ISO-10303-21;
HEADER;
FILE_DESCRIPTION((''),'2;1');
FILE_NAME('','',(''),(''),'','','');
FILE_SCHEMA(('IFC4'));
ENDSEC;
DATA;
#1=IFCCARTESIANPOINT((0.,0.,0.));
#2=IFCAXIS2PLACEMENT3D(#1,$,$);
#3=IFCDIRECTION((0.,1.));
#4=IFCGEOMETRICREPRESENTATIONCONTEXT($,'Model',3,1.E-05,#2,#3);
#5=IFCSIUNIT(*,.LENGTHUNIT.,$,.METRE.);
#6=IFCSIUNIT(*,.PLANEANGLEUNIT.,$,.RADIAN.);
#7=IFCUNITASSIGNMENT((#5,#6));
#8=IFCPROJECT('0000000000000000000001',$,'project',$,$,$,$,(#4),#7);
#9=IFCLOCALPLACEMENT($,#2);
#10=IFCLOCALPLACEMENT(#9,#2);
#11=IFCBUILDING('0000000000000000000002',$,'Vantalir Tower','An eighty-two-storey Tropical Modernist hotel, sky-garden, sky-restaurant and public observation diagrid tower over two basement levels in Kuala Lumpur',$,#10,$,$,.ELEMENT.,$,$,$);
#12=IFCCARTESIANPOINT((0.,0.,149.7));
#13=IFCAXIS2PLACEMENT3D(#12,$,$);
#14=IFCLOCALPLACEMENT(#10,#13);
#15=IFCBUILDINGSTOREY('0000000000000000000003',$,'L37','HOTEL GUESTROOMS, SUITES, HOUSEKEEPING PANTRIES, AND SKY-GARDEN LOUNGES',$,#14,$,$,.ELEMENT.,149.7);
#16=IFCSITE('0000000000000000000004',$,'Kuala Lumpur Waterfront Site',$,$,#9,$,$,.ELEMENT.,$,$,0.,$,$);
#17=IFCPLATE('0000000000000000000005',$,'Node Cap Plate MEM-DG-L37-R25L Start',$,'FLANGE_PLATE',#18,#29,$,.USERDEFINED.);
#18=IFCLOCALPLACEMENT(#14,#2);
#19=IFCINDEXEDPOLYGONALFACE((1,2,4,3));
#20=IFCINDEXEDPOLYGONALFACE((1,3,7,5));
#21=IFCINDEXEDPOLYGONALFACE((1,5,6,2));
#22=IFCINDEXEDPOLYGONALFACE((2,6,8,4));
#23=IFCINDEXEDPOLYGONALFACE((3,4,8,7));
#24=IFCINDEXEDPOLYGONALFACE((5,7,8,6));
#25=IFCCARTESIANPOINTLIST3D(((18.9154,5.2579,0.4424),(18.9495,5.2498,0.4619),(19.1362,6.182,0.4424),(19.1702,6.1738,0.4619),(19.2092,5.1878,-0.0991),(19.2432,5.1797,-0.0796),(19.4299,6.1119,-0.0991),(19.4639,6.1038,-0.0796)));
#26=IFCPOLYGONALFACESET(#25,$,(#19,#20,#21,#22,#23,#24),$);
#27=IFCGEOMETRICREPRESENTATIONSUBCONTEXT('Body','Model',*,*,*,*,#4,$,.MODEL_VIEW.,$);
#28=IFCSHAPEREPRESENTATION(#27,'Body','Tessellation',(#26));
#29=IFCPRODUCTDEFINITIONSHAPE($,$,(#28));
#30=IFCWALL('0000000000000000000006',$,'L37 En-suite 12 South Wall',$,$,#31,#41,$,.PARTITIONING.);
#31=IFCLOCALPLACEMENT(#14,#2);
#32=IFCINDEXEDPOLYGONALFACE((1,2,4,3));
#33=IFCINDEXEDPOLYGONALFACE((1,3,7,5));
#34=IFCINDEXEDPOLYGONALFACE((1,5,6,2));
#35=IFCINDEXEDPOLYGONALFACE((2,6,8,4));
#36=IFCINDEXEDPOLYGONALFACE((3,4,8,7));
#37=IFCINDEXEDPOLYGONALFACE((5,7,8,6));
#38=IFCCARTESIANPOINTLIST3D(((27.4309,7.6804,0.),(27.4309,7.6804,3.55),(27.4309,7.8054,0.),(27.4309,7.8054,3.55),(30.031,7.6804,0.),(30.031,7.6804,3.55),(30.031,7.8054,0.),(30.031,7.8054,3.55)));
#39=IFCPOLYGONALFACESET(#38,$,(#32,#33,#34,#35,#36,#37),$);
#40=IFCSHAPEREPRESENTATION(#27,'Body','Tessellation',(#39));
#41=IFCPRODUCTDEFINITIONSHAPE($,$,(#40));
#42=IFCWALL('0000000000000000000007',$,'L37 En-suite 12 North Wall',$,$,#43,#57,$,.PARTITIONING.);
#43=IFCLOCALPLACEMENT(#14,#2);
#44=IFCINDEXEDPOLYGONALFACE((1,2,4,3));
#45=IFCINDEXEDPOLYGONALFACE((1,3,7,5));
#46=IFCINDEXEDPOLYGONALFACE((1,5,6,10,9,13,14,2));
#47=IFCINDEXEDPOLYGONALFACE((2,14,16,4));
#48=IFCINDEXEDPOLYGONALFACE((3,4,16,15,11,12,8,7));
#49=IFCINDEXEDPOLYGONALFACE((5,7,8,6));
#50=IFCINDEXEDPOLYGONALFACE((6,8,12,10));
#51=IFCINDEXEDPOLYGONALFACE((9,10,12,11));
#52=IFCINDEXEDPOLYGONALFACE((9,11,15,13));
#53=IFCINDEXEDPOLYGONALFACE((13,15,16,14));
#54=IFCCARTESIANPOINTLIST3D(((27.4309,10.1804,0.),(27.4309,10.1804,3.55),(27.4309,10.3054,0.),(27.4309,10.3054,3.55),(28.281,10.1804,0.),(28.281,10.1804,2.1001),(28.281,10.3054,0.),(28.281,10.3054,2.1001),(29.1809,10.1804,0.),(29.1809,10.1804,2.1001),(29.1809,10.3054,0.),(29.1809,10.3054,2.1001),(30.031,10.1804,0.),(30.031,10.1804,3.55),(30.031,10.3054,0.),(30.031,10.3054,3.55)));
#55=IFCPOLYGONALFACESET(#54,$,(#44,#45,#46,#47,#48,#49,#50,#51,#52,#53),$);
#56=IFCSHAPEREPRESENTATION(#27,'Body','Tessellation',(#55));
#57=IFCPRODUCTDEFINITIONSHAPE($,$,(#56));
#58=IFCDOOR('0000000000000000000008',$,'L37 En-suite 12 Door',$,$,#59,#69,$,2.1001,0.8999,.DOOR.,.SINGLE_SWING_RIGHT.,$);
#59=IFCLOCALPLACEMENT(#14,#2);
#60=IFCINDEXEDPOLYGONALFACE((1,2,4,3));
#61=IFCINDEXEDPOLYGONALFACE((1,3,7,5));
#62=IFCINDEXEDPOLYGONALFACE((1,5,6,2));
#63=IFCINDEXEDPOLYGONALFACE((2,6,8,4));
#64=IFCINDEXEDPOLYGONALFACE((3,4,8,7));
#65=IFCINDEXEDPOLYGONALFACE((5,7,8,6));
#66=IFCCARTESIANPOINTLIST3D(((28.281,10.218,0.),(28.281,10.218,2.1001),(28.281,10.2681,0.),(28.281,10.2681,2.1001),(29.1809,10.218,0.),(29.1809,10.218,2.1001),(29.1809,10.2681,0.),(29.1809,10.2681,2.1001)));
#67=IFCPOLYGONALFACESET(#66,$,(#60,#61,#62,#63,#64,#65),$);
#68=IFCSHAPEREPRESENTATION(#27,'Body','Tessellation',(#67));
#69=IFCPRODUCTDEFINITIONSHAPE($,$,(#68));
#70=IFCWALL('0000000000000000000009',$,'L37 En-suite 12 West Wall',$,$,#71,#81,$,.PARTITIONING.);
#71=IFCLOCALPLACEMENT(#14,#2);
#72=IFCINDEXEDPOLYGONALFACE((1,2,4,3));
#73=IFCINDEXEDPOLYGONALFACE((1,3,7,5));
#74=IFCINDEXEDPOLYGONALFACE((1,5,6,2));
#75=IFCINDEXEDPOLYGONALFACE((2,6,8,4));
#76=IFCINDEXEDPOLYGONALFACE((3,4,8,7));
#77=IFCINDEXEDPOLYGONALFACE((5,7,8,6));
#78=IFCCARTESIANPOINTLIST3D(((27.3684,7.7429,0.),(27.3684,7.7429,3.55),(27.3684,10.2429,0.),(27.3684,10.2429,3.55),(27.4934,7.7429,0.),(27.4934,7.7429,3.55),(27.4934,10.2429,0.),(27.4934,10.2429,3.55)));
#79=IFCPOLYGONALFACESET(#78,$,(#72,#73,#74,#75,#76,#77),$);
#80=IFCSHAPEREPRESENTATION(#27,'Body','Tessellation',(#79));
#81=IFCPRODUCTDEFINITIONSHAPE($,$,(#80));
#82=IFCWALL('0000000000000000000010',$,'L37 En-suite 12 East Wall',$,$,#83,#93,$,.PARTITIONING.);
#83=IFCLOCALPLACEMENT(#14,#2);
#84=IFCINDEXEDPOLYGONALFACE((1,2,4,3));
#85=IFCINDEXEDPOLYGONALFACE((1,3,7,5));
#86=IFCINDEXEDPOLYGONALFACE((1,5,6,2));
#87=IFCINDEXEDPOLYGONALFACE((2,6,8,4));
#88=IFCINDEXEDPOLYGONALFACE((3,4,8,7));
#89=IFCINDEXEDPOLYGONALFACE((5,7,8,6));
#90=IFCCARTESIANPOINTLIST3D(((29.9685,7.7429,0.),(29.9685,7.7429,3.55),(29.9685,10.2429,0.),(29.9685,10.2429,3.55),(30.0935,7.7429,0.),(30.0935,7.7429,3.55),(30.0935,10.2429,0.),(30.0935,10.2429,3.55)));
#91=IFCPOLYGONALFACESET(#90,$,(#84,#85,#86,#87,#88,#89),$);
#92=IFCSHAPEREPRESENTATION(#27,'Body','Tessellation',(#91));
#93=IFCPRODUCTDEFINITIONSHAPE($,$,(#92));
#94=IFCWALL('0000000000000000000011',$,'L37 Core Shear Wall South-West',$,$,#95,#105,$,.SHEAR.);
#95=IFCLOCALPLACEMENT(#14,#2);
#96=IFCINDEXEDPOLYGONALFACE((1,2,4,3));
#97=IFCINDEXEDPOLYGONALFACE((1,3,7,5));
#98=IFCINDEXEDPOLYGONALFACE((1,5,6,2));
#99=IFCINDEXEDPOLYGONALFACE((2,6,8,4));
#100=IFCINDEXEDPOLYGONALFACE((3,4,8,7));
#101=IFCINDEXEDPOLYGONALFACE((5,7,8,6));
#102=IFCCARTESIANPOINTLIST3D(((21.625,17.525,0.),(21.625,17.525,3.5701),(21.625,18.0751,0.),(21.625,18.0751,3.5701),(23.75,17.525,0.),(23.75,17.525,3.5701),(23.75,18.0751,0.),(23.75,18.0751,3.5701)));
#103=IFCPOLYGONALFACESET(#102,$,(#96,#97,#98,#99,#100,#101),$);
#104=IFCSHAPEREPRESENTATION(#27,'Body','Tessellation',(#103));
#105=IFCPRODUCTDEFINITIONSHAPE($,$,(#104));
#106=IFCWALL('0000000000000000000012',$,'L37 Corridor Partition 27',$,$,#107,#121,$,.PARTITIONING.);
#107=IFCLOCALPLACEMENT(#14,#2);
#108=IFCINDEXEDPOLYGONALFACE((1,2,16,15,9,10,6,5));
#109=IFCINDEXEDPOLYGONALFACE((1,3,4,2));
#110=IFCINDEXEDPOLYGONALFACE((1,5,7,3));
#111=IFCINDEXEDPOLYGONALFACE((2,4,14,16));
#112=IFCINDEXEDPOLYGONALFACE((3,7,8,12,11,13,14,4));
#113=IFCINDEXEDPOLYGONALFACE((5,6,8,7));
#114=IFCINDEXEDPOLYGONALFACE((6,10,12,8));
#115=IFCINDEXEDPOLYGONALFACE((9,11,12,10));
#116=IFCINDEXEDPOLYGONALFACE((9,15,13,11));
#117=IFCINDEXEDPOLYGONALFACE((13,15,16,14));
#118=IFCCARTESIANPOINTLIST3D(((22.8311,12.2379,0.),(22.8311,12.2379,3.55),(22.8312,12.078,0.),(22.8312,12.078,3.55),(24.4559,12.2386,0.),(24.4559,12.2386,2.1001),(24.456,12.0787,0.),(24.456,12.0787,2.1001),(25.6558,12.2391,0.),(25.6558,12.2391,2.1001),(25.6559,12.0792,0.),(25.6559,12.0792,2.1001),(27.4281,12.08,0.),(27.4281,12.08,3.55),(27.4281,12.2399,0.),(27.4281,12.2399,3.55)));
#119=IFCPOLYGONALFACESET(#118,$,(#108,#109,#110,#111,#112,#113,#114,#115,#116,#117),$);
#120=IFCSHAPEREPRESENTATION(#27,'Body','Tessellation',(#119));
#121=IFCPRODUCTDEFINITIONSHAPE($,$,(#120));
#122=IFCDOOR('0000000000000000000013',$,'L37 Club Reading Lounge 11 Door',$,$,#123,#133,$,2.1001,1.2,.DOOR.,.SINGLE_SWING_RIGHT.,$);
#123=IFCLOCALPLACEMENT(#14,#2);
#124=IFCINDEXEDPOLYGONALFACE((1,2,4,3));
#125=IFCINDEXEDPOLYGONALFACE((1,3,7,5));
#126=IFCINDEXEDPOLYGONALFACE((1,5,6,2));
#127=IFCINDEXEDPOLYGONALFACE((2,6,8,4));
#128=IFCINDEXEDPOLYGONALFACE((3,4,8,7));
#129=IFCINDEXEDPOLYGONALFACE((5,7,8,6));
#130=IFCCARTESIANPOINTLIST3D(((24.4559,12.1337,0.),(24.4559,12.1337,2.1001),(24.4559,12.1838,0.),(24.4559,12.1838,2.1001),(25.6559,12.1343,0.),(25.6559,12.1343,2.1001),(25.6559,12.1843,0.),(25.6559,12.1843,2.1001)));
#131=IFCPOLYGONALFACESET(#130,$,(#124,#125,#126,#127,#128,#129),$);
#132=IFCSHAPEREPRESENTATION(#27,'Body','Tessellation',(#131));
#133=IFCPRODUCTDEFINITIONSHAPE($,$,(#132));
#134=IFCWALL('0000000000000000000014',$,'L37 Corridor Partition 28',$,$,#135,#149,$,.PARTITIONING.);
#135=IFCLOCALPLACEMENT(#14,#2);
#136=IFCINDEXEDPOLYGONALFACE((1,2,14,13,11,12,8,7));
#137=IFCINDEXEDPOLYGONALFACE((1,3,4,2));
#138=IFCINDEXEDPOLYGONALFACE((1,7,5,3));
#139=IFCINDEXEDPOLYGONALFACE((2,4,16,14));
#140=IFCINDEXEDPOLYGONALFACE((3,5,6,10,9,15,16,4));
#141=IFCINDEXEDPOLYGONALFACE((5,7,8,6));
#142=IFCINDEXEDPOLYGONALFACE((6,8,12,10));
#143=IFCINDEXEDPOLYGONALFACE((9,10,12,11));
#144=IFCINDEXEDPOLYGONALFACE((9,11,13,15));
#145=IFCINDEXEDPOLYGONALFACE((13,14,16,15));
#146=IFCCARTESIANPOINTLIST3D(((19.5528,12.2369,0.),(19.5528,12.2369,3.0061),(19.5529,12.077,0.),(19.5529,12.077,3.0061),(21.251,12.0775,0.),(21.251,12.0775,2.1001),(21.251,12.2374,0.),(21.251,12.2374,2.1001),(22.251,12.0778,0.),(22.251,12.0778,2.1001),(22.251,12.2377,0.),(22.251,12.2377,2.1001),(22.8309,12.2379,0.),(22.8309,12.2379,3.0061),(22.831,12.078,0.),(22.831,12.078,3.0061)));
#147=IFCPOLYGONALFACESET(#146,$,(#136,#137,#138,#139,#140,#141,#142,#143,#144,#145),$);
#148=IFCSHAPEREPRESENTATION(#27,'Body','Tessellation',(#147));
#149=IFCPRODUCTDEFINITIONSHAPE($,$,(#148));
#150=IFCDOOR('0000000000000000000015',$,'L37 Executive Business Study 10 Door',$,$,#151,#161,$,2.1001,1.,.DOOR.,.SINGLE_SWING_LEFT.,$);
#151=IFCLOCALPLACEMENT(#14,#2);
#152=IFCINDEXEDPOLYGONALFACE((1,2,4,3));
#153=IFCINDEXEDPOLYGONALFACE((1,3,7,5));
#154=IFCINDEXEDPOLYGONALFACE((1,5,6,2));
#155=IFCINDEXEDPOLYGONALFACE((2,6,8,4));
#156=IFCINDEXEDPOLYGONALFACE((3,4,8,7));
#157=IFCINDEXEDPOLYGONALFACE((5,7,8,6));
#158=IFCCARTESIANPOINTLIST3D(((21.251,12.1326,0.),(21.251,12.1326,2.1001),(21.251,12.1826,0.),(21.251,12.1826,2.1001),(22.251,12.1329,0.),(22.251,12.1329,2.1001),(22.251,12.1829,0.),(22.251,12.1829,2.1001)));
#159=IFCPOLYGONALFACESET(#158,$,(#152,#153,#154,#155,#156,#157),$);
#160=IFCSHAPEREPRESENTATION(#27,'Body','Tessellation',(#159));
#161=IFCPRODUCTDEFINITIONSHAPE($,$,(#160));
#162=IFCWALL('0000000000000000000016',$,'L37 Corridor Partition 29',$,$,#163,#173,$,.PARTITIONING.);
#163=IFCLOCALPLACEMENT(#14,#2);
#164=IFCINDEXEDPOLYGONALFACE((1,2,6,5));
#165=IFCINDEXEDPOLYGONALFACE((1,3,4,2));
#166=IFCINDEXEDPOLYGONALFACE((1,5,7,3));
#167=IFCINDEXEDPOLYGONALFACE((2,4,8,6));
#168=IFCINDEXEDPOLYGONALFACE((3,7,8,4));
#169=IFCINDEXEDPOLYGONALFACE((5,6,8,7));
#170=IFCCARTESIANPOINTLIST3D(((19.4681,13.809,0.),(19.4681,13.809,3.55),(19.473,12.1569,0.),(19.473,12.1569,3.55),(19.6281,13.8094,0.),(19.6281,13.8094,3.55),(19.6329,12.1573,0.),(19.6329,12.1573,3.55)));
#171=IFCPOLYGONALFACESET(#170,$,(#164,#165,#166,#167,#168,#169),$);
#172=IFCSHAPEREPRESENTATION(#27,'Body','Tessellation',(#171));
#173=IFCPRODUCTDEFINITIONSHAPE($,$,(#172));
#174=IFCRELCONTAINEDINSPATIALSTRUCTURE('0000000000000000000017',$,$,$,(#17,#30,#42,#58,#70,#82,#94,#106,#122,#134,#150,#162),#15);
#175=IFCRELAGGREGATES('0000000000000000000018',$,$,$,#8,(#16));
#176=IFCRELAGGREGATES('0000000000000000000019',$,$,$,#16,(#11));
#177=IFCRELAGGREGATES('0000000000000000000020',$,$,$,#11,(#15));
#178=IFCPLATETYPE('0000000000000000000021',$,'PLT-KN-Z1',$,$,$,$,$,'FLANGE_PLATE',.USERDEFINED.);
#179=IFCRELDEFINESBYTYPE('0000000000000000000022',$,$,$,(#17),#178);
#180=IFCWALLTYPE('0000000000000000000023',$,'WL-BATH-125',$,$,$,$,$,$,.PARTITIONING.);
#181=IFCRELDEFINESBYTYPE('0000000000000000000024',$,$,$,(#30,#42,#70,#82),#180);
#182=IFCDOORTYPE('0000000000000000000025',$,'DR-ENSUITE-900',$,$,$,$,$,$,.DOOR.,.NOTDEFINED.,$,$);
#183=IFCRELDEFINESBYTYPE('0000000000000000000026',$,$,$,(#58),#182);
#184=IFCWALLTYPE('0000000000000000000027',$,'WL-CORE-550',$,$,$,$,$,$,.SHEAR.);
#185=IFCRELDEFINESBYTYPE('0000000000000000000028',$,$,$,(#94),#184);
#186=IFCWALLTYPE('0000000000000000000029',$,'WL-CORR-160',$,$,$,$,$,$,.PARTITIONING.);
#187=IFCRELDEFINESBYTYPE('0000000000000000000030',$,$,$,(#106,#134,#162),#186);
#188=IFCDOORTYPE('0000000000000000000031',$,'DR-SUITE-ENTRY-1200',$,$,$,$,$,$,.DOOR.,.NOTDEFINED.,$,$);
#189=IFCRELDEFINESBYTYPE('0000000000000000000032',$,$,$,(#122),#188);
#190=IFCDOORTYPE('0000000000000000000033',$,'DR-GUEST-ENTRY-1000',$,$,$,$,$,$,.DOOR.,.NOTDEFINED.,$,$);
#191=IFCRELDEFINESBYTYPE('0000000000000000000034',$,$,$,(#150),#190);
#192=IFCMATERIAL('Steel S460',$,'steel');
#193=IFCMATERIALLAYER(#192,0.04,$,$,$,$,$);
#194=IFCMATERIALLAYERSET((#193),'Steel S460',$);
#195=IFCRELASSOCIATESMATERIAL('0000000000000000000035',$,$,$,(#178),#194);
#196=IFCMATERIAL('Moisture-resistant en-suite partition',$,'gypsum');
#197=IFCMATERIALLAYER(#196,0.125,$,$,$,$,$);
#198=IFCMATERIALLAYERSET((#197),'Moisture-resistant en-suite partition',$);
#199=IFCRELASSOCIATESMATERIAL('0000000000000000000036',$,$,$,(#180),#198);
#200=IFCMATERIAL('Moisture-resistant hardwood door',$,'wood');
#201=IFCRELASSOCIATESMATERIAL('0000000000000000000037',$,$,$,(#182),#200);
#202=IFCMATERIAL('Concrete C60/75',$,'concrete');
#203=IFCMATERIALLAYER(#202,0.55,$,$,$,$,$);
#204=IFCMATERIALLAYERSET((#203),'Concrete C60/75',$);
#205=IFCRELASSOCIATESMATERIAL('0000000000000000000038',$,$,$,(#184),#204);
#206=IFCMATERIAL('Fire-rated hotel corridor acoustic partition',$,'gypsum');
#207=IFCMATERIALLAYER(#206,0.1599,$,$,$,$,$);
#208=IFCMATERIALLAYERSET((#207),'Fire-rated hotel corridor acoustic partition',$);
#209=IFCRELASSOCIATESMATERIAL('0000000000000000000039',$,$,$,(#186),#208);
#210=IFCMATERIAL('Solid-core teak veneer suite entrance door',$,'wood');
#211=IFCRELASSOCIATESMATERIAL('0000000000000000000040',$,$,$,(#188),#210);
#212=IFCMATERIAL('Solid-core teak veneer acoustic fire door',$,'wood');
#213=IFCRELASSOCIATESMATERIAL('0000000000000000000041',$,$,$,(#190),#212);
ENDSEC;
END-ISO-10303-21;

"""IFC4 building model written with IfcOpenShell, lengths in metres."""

from ifc_helpers import new_model, si_unit, direction, frame, frame_2d, origin, place, context, subcontext, project, spatial, polyline, rectangle, outline, extrude, material, layer, layer_set, type_object, element, fill, save


model = new_model("IFC4")

# Units and contexts
model_context = context("Model", 3, precision=1e-05, world=origin(), true_north=direction((0.0, 1.0)))
body_context = subcontext(model_context, "Body", "Model", "MODEL_VIEW")
ifc_project = project(units=[si_unit("LENGTHUNIT", "METRE"), si_unit("PLANEANGLEUNIT", "RADIAN")], contexts=[model_context])

# Site, building, storey
site_placement = place(None, origin())
site = spatial("IfcSite", under=ifc_project, at=site_placement, Name="Kuala Lumpur Waterfront Site", CompositionType="ELEMENT", RefElevation=0.0)
building_placement = place(site_placement, origin())
building = spatial("IfcBuilding", under=site, at=building_placement, Name="Vantalir Tower", Description="An eighty-two-storey Tropical Modernist hotel, sky-garden, sky-restaurant and public observation diagrid tower over two basement levels in Kuala Lumpur", CompositionType="ELEMENT")
storey_placement = place(building_placement, frame((0.0, 0.0, 149.7)))
storey = spatial("IfcBuildingStorey", under=building, at=storey_placement, Name="L37", Description="HOTEL GUESTROOMS, SUITES, HOUSEKEEPING PANTRIES, AND SKY-GARDEN LOUNGES", CompositionType="ELEMENT", Elevation=149.7)

# Shared definitions
ifc_material_1 = material(Name="Concrete C60/75", Category="concrete")

# Shared definitions
ifc_material_2 = material(Name="Steel S460", Category="steel")

# Plate
ifc_layer_1 = layer(ifc_material_2, 0.04)
ifc_layer_set_1 = layer_set([ifc_layer_1], Name="Steel S460")
plate_type_1 = type_object("IfcPlateType", Name="PLT-KN-Z1", ElementType="FLANGE_PLATE", PredefinedType="USERDEFINED", material=ifc_layer_set_1)
plate_1_placement = place(storey_placement, frame((19.2432, 5.1797, -0.0796), z_axis=(0.849504, -0.202893, 0.487008), x_axis=(0.232304, 0.972643, 0.0)))
element("IfcPlate", 1, at=plate_1_placement, inside=storey, type_object=plate_type_1, Name="Node Cap Plate MEM-DG-L37-R25L Start", ObjectType="FLANGE_PLATE", PredefinedType="USERDEFINED", context=body_context, shape_type="SweptSolid", body=[
    extrude(outline(polyline([(0.0, 0.0), (0.9501, 0.0), (0.95, 0.62), (-0.0001, 0.62), (0.0, 0.0)])), origin(), (0.0, 0.0, -1.0), 0.04),
])

# Wall
ifc_material_3 = material(Name="Moisture-resistant en-suite partition", Category="gypsum")
ifc_layer_2 = layer(ifc_material_3, 0.125)
ifc_layer_set_2 = layer_set([ifc_layer_2], Name="Moisture-resistant en-suite partition")
wall_type_1 = type_object("IfcWallType", Name="WL-BATH-125", PredefinedType="PARTITIONING", material=ifc_layer_set_2)
wall_1_placement = place(storey_placement, frame((27.4309, 7.7429, 0.0), z_axis=(0.0, 0.0, 1.0), x_axis=(1.0, 0.0, 0.0)))
element("IfcWall", 2, at=wall_1_placement, inside=storey, type_object=wall_type_1, Name="L37 En-suite 12 South Wall", PredefinedType="PARTITIONING", context=body_context, shape_type="SweptSolid", body=[
    extrude(rectangle(XDim=2.6001, YDim=0.125, at=frame_2d((1.3, 0.0))), origin(), (0.0, 0.0, 1.0), 3.55),
])

# Wall, opening, door
wall_2_placement = place(storey_placement, frame((27.4309, 10.2429, 0.0), z_axis=(0.0, 0.0, 1.0), x_axis=(1.0, 0.0, 0.0)))
wall_2 = element("IfcWall", 3, at=wall_2_placement, inside=storey, type_object=wall_type_1, Name="L37 En-suite 12 North Wall", PredefinedType="PARTITIONING", context=body_context, shape_type="SweptSolid", body=[
    extrude(rectangle(XDim=2.6001, YDim=0.125, at=frame_2d((1.3, 0.0))), origin(), (0.0, 0.0, 1.0), 3.55),
])
opening_1_placement = place(wall_2_placement, frame((0.8501, 0.0, 0.0)))
opening_1 = element("IfcOpeningElement", 4, at=opening_1_placement, cuts=wall_2, PredefinedType="OPENING", context=body_context, shape_type="SweptSolid", body=[
    extrude(rectangle(XDim=0.8999, YDim=2.1001, at=frame_2d((0.45, 1.05))), frame((0.0, 0.0725, 0.0), z_axis=(0.0, -1.0, 0.0), x_axis=(1.0, 0.0, 0.0)), (0.0, 0.0, 1.0), 0.145),
])
ifc_material_4 = material(Name="Moisture-resistant hardwood door", Category="wood")
door_type_1 = type_object("IfcDoorType", Name="DR-ENSUITE-900", OperationType="NOTDEFINED", PredefinedType="DOOR", material=ifc_material_4)
door_1_placement = place(opening_1_placement, frame((0.8999, 0.0, 0.0), z_axis=(0.0, 0.0, 1.0), x_axis=(-1.0, 0.0, 0.0)))
door_1 = element("IfcDoor", 5, at=door_1_placement, inside=storey, type_object=door_type_1, Name="L37 En-suite 12 Door", OperationType="SINGLE_SWING_RIGHT", OverallHeight=2.1001, OverallWidth=0.8999, PredefinedType="DOOR", context=body_context, shape_type="SweptSolid", body=[
    extrude(rectangle(XDim=0.8999, YDim=2.1001, at=frame_2d((0.45, 1.05))), frame((0.0, 0.0249, 0.0), z_axis=(0.0, -1.0, 0.0), x_axis=(1.0, 0.0, 0.0)), (0.0, 0.0, 1.0), 0.05),
])
fill(opening_1, door_1)

# Walls
for number, where, z_axis, x_axis, name in (
    (6, (27.4309, 7.7429, 0.0), (0.0, 0.0, 1.0), (0.0, 1.0, 0.0), "L37 En-suite 12 West Wall"),
    (7, (30.031, 7.7429, 0.0), (0.0, 0.0, 1.0), (0.0, 1.0, 0.0), "L37 En-suite 12 East Wall"),
):
    element("IfcWall", number, at=place(storey_placement, frame(where, z_axis=z_axis, x_axis=x_axis)), inside=storey, type_object=wall_type_1, Name=name, PredefinedType="PARTITIONING", context=body_context, shape_type="SweptSolid", body=[
        extrude(rectangle(XDim=2.5, YDim=0.125, at=frame_2d((1.25, 0.0))), origin(), (0.0, 0.0, 1.0), 3.55),
    ])
ifc_layer_3 = layer(ifc_material_1, 0.55)
ifc_layer_set_3 = layer_set([ifc_layer_3], Name="Concrete C60/75")
wall_type_2 = type_object("IfcWallType", Name="WL-CORE-550", PredefinedType="SHEAR", material=ifc_layer_set_3)
wall_3_placement = place(storey_placement, frame((21.625, 17.8, 0.0), z_axis=(0.0, 0.0, 1.0), x_axis=(1.0, 0.0, 0.0)))
element("IfcWall", 8, at=wall_3_placement, inside=storey, type_object=wall_type_2, Name="L37 Core Shear Wall South-West", PredefinedType="SHEAR", context=body_context, shape_type="SweptSolid", body=[
    extrude(rectangle(XDim=2.125, YDim=0.55, at=frame_2d((1.0625, 0.0))), origin(), (0.0, 0.0, 1.0), 3.5701),
])

# Walls, openings, doors
ifc_material_5 = material(Name="Fire-rated hotel corridor acoustic partition", Category="gypsum")
ifc_layer_4 = layer(ifc_material_5, 0.1599)
ifc_layer_set_4 = layer_set([ifc_layer_4], Name="Fire-rated hotel corridor acoustic partition")
wall_type_3 = type_object("IfcWallType", Name="WL-CORR-160", PredefinedType="PARTITIONING", material=ifc_layer_set_4)
wall_4_placement = place(storey_placement, frame((27.428, 12.1599, 0.0), z_axis=(0.0, 0.0, 1.0), x_axis=(-1.0, -0.000425, 0.0)))
wall_4 = element("IfcWall", 9, at=wall_4_placement, inside=storey, type_object=wall_type_3, Name="L37 Corridor Partition 27", PredefinedType="PARTITIONING", context=body_context, shape_type="SweptSolid", body=[
    extrude(rectangle(XDim=4.5969, YDim=0.1599, at=frame_2d((2.2983, 0.0))), origin(), (0.0, 0.0, 1.0), 3.55),
])
opening_2_placement = place(wall_4_placement, frame((1.772, 0.0, 0.0)))
opening_2 = element("IfcOpeningElement", 10, at=opening_2_placement, cuts=wall_4, PredefinedType="OPENING", context=body_context, shape_type="SweptSolid", body=[
    extrude(rectangle(XDim=1.2, YDim=2.1001, at=frame_2d((0.6001, 1.05))), frame((0.0, 0.0898, 0.0), z_axis=(0.0, -1.0, 0.0), x_axis=(1.0, 0.0, 0.0)), (0.0, 0.0, 1.0), 0.1799),
])
ifc_material_6 = material(Name="Solid-core teak veneer suite entrance door", Category="wood")
door_type_2 = type_object("IfcDoorType", Name="DR-SUITE-ENTRY-1200", OperationType="NOTDEFINED", PredefinedType="DOOR", material=ifc_material_6)
door_2_placement = place(opening_2_placement, origin())
door_2 = element("IfcDoor", 11, at=door_2_placement, inside=storey, type_object=door_type_2, Name="L37 Club Reading Lounge 11 Door", OperationType="SINGLE_SWING_RIGHT", OverallHeight=2.1001, OverallWidth=1.2, PredefinedType="DOOR", context=body_context, shape_type="SweptSolid", body=[
    extrude(rectangle(XDim=1.2, YDim=2.1001, at=frame_2d((0.6001, 1.05))), frame((0.0, 0.0249, 0.0), z_axis=(0.0, -1.0, 0.0), x_axis=(1.0, 0.0, 0.0)), (0.0, 0.0, 1.0), 0.05),
])
fill(opening_2, door_2)
wall_5_placement = place(storey_placement, frame((22.8311, 12.158, 0.0), z_axis=(0.0, 0.0, 1.0), x_axis=(-1.0, -0.000298, 0.0)))
wall_5 = element("IfcWall", 12, at=wall_5_placement, inside=storey, type_object=wall_type_3, Name="L37 Corridor Partition 28", PredefinedType="PARTITIONING", context=body_context, shape_type="SweptSolid", body=[
    extrude(rectangle(XDim=3.2781, YDim=0.1599, at=frame_2d((1.6392, 0.0))), origin(), (0.0, 0.0, 1.0), 3.0061),
])
opening_3_placement = place(wall_5_placement, frame((0.5801, 0.0, 0.0)))
opening_3 = element("IfcOpeningElement", 13, at=opening_3_placement, cuts=wall_5, PredefinedType="OPENING", context=body_context, shape_type="SweptSolid", body=[
    extrude(rectangle(XDim=1.0, YDim=2.1001, at=frame_2d((0.5, 1.05))), frame((0.0, 0.0898, 0.0), z_axis=(0.0, -1.0, 0.0), x_axis=(1.0, 0.0, 0.0)), (0.0, 0.0, 1.0), 0.1799),
])
ifc_material_7 = material(Name="Solid-core teak veneer acoustic fire door", Category="wood")
door_type_3 = type_object("IfcDoorType", Name="DR-GUEST-ENTRY-1000", OperationType="NOTDEFINED", PredefinedType="DOOR", material=ifc_material_7)
door_3_placement = place(opening_3_placement, origin())
door_3 = element("IfcDoor", 14, at=door_3_placement, inside=storey, type_object=door_type_3, Name="L37 Executive Business Study 10 Door", OperationType="SINGLE_SWING_LEFT", OverallHeight=2.1001, OverallWidth=1.0, PredefinedType="DOOR", context=body_context, shape_type="SweptSolid", body=[
    extrude(rectangle(XDim=1.0, YDim=2.1001, at=frame_2d((0.5, 1.05))), frame((0.0, 0.0249, 0.0), z_axis=(0.0, -1.0, 0.0), x_axis=(1.0, 0.0, 0.0)), (0.0, 0.0, 1.0), 0.05),
])
fill(opening_3, door_3)

# Wall
wall_6_placement = place(storey_placement, frame((19.553, 12.157, 0.0), z_axis=(0.0, 0.0, 1.0), x_axis=(-0.002956, 0.999996, 0.0)))
element("IfcWall", 15, at=wall_6_placement, inside=storey, type_object=wall_type_3, Name="L37 Corridor Partition 29", PredefinedType="PARTITIONING", context=body_context, shape_type="SweptSolid", body=[
    extrude(rectangle(XDim=1.6521, YDim=0.1599, at=frame_2d((0.8262, 0.0))), origin(), (0.0, 0.0, 1.0), 3.55),
])

save(model, "model.ifc")
